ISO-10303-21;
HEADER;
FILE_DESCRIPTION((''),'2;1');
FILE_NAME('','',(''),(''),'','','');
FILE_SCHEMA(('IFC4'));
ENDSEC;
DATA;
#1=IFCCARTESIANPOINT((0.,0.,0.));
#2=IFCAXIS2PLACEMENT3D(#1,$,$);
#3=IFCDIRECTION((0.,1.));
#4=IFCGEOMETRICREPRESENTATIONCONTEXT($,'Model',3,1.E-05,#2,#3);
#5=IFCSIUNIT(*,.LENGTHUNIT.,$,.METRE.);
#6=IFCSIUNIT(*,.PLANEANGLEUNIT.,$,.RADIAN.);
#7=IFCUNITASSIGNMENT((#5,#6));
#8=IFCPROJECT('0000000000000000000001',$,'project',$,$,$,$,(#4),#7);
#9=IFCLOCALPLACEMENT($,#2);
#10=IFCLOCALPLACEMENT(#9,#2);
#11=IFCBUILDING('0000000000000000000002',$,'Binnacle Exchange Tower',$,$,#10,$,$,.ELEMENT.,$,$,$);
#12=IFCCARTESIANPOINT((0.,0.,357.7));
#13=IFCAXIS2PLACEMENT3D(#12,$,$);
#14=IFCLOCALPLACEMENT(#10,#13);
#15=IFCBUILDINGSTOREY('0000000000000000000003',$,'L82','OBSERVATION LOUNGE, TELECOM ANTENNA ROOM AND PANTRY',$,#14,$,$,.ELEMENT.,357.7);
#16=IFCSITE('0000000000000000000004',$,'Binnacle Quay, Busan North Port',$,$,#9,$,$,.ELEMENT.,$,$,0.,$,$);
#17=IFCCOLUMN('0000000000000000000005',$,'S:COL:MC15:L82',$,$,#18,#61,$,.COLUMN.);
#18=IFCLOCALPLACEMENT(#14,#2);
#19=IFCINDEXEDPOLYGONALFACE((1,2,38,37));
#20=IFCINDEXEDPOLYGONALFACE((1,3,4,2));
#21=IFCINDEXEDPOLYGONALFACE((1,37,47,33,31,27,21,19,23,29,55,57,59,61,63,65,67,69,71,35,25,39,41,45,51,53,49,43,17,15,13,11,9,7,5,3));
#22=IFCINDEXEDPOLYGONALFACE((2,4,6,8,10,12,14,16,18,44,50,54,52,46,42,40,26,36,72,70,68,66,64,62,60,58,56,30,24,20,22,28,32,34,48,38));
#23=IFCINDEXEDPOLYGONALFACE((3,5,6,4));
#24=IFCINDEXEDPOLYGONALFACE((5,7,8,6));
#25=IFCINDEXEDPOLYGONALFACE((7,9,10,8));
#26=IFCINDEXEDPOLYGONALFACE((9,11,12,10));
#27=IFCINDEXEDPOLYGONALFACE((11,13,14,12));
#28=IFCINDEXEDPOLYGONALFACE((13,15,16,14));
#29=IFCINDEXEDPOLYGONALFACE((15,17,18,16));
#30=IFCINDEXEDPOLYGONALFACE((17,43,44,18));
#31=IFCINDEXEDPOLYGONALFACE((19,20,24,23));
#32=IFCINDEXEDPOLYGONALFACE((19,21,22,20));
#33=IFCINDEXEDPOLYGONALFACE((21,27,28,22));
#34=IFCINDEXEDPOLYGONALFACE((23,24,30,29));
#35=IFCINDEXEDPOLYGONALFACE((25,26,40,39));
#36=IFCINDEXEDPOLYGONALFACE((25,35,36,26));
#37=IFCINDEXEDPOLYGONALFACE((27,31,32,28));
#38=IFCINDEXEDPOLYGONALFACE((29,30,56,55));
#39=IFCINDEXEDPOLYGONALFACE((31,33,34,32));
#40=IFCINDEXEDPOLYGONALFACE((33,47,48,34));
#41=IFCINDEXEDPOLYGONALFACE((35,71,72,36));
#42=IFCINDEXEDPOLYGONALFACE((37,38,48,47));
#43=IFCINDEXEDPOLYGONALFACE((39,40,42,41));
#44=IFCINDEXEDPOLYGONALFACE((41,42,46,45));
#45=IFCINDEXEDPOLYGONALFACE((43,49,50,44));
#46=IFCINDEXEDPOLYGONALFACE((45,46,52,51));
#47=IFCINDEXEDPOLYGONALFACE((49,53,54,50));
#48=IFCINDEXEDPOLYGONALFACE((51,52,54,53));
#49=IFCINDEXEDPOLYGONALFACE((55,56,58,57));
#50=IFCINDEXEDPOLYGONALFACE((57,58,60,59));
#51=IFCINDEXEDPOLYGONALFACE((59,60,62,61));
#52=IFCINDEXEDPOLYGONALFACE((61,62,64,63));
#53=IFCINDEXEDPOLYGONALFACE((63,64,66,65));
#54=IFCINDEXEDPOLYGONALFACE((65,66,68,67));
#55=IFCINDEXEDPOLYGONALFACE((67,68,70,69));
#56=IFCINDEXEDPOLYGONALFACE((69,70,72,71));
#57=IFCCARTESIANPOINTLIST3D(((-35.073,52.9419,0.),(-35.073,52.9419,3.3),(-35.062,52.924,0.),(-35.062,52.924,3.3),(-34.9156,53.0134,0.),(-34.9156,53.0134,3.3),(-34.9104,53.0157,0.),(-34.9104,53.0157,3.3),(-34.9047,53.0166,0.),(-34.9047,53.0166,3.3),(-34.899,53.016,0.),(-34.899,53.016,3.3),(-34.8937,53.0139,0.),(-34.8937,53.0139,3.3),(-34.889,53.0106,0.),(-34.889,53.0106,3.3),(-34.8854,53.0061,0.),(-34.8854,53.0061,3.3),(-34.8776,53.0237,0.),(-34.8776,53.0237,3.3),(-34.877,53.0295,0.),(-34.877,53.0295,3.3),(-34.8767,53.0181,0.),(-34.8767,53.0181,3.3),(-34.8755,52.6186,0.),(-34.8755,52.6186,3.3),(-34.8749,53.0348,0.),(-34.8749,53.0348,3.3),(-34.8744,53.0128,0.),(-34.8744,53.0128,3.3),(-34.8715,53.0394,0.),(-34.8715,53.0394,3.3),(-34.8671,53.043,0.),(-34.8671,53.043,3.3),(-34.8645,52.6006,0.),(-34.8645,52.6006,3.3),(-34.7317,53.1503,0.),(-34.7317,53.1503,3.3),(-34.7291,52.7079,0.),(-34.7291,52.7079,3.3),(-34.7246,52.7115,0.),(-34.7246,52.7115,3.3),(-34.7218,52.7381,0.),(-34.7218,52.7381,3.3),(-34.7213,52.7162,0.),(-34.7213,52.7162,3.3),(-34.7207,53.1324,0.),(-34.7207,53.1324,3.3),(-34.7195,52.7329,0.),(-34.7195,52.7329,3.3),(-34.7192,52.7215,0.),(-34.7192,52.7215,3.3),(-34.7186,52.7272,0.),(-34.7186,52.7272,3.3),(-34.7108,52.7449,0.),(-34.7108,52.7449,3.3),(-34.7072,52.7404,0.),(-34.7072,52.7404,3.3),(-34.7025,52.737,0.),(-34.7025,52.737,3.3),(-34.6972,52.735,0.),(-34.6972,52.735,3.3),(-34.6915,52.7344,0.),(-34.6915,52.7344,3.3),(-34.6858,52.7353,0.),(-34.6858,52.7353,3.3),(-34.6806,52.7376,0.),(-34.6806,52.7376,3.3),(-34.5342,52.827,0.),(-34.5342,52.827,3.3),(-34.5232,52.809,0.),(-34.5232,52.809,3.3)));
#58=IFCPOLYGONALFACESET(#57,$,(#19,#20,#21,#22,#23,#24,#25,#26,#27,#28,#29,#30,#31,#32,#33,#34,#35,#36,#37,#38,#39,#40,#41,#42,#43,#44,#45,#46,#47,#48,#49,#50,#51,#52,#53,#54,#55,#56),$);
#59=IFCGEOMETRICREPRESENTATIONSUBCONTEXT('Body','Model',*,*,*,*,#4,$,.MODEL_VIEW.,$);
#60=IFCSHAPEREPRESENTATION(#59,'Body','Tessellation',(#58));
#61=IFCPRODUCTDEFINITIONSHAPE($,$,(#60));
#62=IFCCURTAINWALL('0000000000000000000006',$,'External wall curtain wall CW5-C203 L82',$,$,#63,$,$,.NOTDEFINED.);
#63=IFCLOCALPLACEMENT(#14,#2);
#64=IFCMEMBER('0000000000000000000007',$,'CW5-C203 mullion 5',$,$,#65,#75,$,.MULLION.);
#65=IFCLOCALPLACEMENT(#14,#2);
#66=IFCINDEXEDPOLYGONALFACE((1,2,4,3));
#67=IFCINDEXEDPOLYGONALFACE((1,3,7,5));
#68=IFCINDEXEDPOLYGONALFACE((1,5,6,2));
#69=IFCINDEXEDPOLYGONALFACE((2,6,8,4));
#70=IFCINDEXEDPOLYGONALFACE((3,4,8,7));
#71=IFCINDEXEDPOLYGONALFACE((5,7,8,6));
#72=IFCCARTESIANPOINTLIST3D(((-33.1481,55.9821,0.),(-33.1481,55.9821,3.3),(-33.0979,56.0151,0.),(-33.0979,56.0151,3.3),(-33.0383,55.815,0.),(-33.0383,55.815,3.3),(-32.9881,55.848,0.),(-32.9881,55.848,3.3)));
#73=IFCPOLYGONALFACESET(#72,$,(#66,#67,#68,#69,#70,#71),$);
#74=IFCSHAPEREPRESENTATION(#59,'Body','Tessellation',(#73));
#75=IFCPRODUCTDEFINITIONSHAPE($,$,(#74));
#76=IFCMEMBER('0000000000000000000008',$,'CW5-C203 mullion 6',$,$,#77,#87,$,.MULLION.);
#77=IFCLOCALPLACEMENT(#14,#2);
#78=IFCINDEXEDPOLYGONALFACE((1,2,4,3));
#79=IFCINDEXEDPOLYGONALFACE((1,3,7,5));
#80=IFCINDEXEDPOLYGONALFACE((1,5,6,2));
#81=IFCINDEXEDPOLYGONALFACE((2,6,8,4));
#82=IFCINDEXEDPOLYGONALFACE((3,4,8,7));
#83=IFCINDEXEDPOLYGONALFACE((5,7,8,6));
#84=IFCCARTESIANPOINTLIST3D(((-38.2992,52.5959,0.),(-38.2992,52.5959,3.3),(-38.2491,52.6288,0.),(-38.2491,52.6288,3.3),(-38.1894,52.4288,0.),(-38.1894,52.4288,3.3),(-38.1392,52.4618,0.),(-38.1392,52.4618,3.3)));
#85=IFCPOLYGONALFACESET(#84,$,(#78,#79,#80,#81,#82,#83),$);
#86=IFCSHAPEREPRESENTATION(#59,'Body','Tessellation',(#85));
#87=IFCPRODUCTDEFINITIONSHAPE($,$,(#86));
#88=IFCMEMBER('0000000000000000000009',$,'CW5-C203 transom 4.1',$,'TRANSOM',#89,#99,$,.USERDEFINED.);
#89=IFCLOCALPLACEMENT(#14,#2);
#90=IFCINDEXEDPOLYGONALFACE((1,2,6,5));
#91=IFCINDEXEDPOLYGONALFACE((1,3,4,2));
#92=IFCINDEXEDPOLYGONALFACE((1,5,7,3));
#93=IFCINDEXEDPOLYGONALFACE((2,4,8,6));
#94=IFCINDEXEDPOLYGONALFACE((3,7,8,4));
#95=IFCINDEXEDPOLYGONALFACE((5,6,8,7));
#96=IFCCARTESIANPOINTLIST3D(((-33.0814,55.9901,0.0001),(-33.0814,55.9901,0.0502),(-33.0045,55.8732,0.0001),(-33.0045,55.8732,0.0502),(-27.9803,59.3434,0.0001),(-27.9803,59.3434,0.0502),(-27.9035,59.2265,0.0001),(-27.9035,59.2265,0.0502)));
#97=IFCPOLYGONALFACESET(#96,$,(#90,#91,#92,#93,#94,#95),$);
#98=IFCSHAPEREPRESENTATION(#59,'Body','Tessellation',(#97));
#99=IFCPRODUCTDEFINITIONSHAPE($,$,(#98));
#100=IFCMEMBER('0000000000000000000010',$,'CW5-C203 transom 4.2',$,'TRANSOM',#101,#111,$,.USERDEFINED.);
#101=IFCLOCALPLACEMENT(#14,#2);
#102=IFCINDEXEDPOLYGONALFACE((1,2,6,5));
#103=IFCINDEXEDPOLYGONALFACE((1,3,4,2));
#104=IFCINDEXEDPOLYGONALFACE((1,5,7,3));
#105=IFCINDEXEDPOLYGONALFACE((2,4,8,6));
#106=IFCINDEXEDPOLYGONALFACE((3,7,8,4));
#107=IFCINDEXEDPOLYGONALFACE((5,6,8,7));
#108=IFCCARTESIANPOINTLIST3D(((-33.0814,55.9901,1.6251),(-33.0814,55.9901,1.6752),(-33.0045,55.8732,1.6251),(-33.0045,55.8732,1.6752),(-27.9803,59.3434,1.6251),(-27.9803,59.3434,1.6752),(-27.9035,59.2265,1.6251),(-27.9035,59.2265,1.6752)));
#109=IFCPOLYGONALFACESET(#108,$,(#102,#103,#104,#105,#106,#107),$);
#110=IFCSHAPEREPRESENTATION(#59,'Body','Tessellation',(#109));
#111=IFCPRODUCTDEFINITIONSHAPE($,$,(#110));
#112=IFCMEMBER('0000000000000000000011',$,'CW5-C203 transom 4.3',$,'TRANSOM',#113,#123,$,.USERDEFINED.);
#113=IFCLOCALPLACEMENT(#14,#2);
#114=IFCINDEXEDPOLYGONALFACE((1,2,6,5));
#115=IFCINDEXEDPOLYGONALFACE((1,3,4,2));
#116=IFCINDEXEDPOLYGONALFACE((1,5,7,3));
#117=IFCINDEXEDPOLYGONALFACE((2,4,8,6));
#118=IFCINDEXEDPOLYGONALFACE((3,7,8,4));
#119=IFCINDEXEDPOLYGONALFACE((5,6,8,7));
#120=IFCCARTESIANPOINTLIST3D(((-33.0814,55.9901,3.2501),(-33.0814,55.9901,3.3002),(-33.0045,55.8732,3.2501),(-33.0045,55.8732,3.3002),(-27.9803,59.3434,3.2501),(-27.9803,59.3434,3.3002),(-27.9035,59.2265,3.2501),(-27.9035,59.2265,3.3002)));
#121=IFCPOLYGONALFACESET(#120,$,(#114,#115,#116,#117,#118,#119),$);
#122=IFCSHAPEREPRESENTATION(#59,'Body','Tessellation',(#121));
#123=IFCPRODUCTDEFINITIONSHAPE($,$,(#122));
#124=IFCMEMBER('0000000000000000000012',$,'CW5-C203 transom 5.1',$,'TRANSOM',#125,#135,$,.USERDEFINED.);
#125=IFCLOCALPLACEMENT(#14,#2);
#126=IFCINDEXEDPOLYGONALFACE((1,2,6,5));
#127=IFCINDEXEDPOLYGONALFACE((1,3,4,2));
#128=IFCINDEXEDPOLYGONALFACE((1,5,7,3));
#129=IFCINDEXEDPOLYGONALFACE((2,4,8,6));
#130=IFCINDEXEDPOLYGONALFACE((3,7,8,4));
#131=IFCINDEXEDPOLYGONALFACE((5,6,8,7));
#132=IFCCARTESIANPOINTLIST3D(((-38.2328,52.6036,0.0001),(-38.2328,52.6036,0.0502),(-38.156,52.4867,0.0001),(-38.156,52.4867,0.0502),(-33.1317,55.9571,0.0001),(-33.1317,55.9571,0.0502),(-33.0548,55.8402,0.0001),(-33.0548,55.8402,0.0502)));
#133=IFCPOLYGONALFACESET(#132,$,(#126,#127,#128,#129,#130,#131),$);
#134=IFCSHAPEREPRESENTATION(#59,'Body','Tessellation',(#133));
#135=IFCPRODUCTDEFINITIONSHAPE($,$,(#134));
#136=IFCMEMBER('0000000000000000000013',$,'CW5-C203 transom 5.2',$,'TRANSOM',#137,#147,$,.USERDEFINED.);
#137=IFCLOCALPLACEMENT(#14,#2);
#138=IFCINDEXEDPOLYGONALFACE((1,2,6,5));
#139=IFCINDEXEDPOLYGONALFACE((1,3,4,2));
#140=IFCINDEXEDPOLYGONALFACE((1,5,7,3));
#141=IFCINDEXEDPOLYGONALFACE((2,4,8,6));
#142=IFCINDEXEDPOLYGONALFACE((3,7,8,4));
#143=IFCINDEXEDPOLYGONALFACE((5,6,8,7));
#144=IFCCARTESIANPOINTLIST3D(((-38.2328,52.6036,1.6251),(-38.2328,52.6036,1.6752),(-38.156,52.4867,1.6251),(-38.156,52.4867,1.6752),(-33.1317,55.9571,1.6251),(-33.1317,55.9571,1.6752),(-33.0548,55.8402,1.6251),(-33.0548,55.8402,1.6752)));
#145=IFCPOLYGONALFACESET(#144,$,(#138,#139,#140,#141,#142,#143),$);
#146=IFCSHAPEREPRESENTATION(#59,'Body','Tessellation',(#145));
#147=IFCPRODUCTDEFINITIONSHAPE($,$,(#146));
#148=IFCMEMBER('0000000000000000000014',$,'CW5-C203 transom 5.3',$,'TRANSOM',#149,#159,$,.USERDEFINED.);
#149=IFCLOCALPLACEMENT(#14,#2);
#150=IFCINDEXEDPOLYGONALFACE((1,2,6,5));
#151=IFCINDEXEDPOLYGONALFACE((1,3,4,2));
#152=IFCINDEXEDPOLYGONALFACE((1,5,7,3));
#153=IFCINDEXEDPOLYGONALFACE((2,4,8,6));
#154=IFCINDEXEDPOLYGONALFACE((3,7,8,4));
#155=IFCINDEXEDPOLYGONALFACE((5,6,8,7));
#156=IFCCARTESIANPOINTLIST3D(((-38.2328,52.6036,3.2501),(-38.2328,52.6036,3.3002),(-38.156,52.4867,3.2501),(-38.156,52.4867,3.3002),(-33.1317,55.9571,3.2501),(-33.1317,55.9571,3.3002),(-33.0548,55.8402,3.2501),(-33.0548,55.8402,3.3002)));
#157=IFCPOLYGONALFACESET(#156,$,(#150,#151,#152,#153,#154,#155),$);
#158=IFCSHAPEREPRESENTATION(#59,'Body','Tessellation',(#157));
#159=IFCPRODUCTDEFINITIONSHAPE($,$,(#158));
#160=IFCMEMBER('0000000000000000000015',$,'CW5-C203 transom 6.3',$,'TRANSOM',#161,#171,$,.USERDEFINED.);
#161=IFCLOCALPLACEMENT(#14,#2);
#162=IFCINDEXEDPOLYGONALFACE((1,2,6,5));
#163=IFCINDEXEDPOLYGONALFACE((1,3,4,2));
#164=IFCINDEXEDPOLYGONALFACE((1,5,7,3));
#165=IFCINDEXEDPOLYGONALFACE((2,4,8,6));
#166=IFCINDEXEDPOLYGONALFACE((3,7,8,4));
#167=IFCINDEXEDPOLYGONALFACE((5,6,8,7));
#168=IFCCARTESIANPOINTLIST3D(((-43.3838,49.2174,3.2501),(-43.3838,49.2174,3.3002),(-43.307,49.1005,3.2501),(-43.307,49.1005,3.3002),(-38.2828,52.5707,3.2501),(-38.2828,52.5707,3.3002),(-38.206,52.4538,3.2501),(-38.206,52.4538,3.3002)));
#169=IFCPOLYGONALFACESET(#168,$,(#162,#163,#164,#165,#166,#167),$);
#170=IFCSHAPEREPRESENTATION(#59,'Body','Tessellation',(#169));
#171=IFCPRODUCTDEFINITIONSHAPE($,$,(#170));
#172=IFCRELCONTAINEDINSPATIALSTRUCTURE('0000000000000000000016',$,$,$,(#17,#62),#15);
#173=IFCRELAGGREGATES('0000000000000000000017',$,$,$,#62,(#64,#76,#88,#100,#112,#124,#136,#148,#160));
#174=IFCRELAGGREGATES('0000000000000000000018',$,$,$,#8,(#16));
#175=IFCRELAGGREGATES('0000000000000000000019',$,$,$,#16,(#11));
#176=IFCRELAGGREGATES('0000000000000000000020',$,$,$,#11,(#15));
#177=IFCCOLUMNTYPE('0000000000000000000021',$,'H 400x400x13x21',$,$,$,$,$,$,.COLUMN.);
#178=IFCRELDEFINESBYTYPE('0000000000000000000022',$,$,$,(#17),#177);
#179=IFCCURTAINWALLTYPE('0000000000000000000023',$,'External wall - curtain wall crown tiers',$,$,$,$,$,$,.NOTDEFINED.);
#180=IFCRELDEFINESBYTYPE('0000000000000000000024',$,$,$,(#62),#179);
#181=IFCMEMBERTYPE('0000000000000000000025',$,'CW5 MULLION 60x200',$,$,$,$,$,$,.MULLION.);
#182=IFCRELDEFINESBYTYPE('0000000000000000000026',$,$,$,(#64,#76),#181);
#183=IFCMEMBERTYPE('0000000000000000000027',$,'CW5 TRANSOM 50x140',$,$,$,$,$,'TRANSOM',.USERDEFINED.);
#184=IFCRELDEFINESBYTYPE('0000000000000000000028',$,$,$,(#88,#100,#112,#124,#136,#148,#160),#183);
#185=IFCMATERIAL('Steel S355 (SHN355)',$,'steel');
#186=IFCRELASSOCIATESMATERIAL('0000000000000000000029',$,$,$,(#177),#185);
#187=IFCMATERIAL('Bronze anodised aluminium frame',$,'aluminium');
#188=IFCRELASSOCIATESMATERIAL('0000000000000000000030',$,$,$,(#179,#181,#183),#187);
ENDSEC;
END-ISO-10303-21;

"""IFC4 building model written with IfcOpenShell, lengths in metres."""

from ifc_helpers import new_model, si_unit, direction, frame, origin, origin_2d, place, context, subcontext, project, spatial, rectangle, i_section, extrude, material, material_profile, profile_set, type_object, element, aggregate, save


model = new_model("IFC4")

# Units and contexts
model_context = context("Model", 3, precision=1e-05, world=origin(), true_north=direction((0.0, 1.0)))
body_context = subcontext(model_context, "Body", "Model", "MODEL_VIEW")
ifc_project = project(units=[si_unit("LENGTHUNIT", "METRE"), si_unit("PLANEANGLEUNIT", "RADIAN")], contexts=[model_context])

# Site, building, storey
site_placement = place(None, origin())
site = spatial("IfcSite", under=ifc_project, at=site_placement, Name="Binnacle Quay, Busan North Port", CompositionType="ELEMENT", RefElevation=0.0)
building_placement = place(site_placement, origin())
building = spatial("IfcBuilding", under=site, at=building_placement, Name="Binnacle Exchange Tower", CompositionType="ELEMENT")
storey_placement = place(building_placement, frame((0.0, 0.0, 357.7)))
storey = spatial("IfcBuildingStorey", under=building, at=storey_placement, Name="L82", Description="OBSERVATION LOUNGE, TELECOM ANTENNA ROOM AND PANTRY", CompositionType="ELEMENT", Elevation=357.7)

# Column
ifc_material_1 = material(Name="Steel S355 (SHN355)", Category="steel")
ifc_material_profile_1 = material_profile(ifc_material_1, i_section(OverallWidth=0.3999, OverallDepth=0.3999, WebThickness=0.0129, FlangeThickness=0.021, FilletRadius=0.022, at=origin_2d()), Name="H 400x400x13x21")
ifc_profile_set_1 = profile_set([ifc_material_profile_1], Name="Steel S355 (SHN355)")
column_type = type_object("IfcColumnType", Name="H 400x400x13x21", PredefinedType="COLUMN", material=ifc_profile_set_1)
column_placement = place(storey_placement, frame((-34.7981, 52.8755, 0.0), z_axis=(0.0, 0.0, 1.0), x_axis=(0.85346, 0.521159, 0.0)))
element("IfcColumn", 1, at=column_placement, inside=storey, type_object=column_type, Name="S:COL:MC15:L82", PredefinedType="COLUMN", context=body_context, shape_type="SweptSolid", body=[
    extrude(i_section(OverallWidth=0.3999, OverallDepth=0.3999, WebThickness=0.0129, FlangeThickness=0.021, FilletRadius=0.022, at=origin_2d()), origin(), (0.0, 0.0, 1.0), 3.3),
])

# Curtain wall, members
ifc_material_2 = material(Name="Bronze anodised aluminium frame", Category="aluminium")
curtain_wall_type = type_object("IfcCurtainWallType", Name="External wall - curtain wall crown tiers", PredefinedType="NOTDEFINED", material=ifc_material_2)
curtain_wall_placement = place(storey_placement, origin())
curtain_wall = element("IfcCurtainWall", 2, at=curtain_wall_placement, inside=storey, type_object=curtain_wall_type, Name="External wall curtain wall CW5-C203 L82", PredefinedType="NOTDEFINED")
ifc_material_profile_2 = material_profile(ifc_material_2, rectangle(XDim=0.2, YDim=0.0601, at=origin_2d()), Name="AL 60x200")
ifc_profile_set_2 = profile_set([ifc_material_profile_2], Name="Bronze anodised aluminium frame")
member_type_1 = type_object("IfcMemberType", Name="CW5 MULLION 60x200", PredefinedType="MULLION", material=ifc_profile_set_2)
member_1_placement = place(storey_placement, frame((-33.0681, 55.915, 0.0), z_axis=(0.0, 0.0, 1.0), x_axis=(0.54931, -0.835618, 0.0)))
member_1 = element("IfcMember", 3, at=member_1_placement, type_object=member_type_1, Name="CW5-C203 mullion 5", PredefinedType="MULLION", context=body_context, shape_type="SweptSolid", body=[
    extrude(rectangle(XDim=0.2, YDim=0.0601, at=origin_2d()), origin(), (0.0, 0.0, 1.0), 3.3),
])
member_2_placement = place(storey_placement, frame((-38.2192, 52.5288, 0.0), z_axis=(0.0, 0.0, 1.0), x_axis=(0.54931, -0.835618, 0.0)))
member_2 = element("IfcMember", 4, at=member_2_placement, type_object=member_type_1, Name="CW5-C203 mullion 6", PredefinedType="MULLION", context=body_context, shape_type="SweptSolid", body=[
    extrude(rectangle(XDim=0.2, YDim=0.0601, at=origin_2d()), origin(), (0.0, 0.0, 1.0), 3.3),
])
ifc_material_profile_3 = material_profile(ifc_material_2, rectangle(XDim=0.1399, YDim=0.05, at=origin_2d()), Name="AL 140x50")
ifc_profile_set_3 = profile_set([ifc_material_profile_3], Name="Bronze anodised aluminium frame")
member_type_2 = type_object("IfcMemberType", Name="CW5 TRANSOM 50x140", ElementType="TRANSOM", PredefinedType="USERDEFINED", material=ifc_profile_set_3)
member_3_placement = place(storey_placement, frame((-27.9419, 59.2849, 0.0251), z_axis=(-0.83562, -0.549308, 0.0), x_axis=(0.549308, -0.83562, 0.0)))
member_3 = element("IfcMember", 5, at=member_3_placement, type_object=member_type_2, Name="CW5-C203 transom 4.1", ObjectType="TRANSOM", PredefinedType="USERDEFINED", context=body_context, shape_type="SweptSolid", body=[
    extrude(rectangle(XDim=0.1399, YDim=0.05, at=origin_2d()), origin(), (0.0, 0.0, 1.0), 6.1045),
])
member_4_placement = place(storey_placement, frame((-27.9419, 59.2849, 1.6501), z_axis=(-0.83562, -0.549308, 0.0), x_axis=(0.549308, -0.83562, 0.0)))
member_4 = element("IfcMember", 6, at=member_4_placement, type_object=member_type_2, Name="CW5-C203 transom 4.2", ObjectType="TRANSOM", PredefinedType="USERDEFINED", context=body_context, shape_type="SweptSolid", body=[
    extrude(rectangle(XDim=0.1399, YDim=0.05, at=origin_2d()), origin(), (0.0, 0.0, 1.0), 6.1045),
])
member_5_placement = place(storey_placement, frame((-27.9419, 59.2849, 3.2751), z_axis=(-0.83562, -0.549308, 0.0), x_axis=(0.549308, -0.83562, 0.0)))
member_5 = element("IfcMember", 7, at=member_5_placement, type_object=member_type_2, Name="CW5-C203 transom 4.3", ObjectType="TRANSOM", PredefinedType="USERDEFINED", context=body_context, shape_type="SweptSolid", body=[
    extrude(rectangle(XDim=0.1399, YDim=0.05, at=origin_2d()), origin(), (0.0, 0.0, 1.0), 6.1045),
])
member_6_placement = place(storey_placement, frame((-33.0933, 55.8987, 0.0251), z_axis=(-0.835602, -0.549336, 0.0), x_axis=(0.549336, -0.835602, 0.0)))
member_6 = element("IfcMember", 8, at=member_6_placement, type_object=member_type_2, Name="CW5-C203 transom 5.1", ObjectType="TRANSOM", PredefinedType="USERDEFINED", context=body_context, shape_type="SweptSolid", body=[
    extrude(rectangle(XDim=0.1399, YDim=0.05, at=origin_2d()), origin(), (0.0, 0.0, 1.0), 6.1047),
])
member_7_placement = place(storey_placement, frame((-33.0933, 55.8987, 1.6501), z_axis=(-0.835602, -0.549336, 0.0), x_axis=(0.549336, -0.835602, 0.0)))
member_7 = element("IfcMember", 9, at=member_7_placement, type_object=member_type_2, Name="CW5-C203 transom 5.2", ObjectType="TRANSOM", PredefinedType="USERDEFINED", context=body_context, shape_type="SweptSolid", body=[
    extrude(rectangle(XDim=0.1399, YDim=0.05, at=origin_2d()), origin(), (0.0, 0.0, 1.0), 6.1047),
])
member_8_placement = place(storey_placement, frame((-33.0933, 55.8987, 3.2751), z_axis=(-0.835602, -0.549336, 0.0), x_axis=(0.549336, -0.835602, 0.0)))
member_8 = element("IfcMember", 10, at=member_8_placement, type_object=member_type_2, Name="CW5-C203 transom 5.3", ObjectType="TRANSOM", PredefinedType="USERDEFINED", context=body_context, shape_type="SweptSolid", body=[
    extrude(rectangle(XDim=0.1399, YDim=0.05, at=origin_2d()), origin(), (0.0, 0.0, 1.0), 6.1047),
])
member_9_placement = place(storey_placement, frame((-38.2444, 52.5122, 3.2751), z_axis=(-0.83562, -0.549308, 0.0), x_axis=(0.549308, -0.83562, 0.0)))
member_9 = element("IfcMember", 11, at=member_9_placement, type_object=member_type_2, Name="CW5-C203 transom 6.3", ObjectType="TRANSOM", PredefinedType="USERDEFINED", context=body_context, shape_type="SweptSolid", body=[
    extrude(rectangle(XDim=0.1399, YDim=0.05, at=origin_2d()), origin(), (0.0, 0.0, 1.0), 6.1045),
])

aggregate(curtain_wall, [member_1, member_2, member_3, member_4, member_5, member_6, member_7, member_8, member_9])

save(model, "model.ifc")
